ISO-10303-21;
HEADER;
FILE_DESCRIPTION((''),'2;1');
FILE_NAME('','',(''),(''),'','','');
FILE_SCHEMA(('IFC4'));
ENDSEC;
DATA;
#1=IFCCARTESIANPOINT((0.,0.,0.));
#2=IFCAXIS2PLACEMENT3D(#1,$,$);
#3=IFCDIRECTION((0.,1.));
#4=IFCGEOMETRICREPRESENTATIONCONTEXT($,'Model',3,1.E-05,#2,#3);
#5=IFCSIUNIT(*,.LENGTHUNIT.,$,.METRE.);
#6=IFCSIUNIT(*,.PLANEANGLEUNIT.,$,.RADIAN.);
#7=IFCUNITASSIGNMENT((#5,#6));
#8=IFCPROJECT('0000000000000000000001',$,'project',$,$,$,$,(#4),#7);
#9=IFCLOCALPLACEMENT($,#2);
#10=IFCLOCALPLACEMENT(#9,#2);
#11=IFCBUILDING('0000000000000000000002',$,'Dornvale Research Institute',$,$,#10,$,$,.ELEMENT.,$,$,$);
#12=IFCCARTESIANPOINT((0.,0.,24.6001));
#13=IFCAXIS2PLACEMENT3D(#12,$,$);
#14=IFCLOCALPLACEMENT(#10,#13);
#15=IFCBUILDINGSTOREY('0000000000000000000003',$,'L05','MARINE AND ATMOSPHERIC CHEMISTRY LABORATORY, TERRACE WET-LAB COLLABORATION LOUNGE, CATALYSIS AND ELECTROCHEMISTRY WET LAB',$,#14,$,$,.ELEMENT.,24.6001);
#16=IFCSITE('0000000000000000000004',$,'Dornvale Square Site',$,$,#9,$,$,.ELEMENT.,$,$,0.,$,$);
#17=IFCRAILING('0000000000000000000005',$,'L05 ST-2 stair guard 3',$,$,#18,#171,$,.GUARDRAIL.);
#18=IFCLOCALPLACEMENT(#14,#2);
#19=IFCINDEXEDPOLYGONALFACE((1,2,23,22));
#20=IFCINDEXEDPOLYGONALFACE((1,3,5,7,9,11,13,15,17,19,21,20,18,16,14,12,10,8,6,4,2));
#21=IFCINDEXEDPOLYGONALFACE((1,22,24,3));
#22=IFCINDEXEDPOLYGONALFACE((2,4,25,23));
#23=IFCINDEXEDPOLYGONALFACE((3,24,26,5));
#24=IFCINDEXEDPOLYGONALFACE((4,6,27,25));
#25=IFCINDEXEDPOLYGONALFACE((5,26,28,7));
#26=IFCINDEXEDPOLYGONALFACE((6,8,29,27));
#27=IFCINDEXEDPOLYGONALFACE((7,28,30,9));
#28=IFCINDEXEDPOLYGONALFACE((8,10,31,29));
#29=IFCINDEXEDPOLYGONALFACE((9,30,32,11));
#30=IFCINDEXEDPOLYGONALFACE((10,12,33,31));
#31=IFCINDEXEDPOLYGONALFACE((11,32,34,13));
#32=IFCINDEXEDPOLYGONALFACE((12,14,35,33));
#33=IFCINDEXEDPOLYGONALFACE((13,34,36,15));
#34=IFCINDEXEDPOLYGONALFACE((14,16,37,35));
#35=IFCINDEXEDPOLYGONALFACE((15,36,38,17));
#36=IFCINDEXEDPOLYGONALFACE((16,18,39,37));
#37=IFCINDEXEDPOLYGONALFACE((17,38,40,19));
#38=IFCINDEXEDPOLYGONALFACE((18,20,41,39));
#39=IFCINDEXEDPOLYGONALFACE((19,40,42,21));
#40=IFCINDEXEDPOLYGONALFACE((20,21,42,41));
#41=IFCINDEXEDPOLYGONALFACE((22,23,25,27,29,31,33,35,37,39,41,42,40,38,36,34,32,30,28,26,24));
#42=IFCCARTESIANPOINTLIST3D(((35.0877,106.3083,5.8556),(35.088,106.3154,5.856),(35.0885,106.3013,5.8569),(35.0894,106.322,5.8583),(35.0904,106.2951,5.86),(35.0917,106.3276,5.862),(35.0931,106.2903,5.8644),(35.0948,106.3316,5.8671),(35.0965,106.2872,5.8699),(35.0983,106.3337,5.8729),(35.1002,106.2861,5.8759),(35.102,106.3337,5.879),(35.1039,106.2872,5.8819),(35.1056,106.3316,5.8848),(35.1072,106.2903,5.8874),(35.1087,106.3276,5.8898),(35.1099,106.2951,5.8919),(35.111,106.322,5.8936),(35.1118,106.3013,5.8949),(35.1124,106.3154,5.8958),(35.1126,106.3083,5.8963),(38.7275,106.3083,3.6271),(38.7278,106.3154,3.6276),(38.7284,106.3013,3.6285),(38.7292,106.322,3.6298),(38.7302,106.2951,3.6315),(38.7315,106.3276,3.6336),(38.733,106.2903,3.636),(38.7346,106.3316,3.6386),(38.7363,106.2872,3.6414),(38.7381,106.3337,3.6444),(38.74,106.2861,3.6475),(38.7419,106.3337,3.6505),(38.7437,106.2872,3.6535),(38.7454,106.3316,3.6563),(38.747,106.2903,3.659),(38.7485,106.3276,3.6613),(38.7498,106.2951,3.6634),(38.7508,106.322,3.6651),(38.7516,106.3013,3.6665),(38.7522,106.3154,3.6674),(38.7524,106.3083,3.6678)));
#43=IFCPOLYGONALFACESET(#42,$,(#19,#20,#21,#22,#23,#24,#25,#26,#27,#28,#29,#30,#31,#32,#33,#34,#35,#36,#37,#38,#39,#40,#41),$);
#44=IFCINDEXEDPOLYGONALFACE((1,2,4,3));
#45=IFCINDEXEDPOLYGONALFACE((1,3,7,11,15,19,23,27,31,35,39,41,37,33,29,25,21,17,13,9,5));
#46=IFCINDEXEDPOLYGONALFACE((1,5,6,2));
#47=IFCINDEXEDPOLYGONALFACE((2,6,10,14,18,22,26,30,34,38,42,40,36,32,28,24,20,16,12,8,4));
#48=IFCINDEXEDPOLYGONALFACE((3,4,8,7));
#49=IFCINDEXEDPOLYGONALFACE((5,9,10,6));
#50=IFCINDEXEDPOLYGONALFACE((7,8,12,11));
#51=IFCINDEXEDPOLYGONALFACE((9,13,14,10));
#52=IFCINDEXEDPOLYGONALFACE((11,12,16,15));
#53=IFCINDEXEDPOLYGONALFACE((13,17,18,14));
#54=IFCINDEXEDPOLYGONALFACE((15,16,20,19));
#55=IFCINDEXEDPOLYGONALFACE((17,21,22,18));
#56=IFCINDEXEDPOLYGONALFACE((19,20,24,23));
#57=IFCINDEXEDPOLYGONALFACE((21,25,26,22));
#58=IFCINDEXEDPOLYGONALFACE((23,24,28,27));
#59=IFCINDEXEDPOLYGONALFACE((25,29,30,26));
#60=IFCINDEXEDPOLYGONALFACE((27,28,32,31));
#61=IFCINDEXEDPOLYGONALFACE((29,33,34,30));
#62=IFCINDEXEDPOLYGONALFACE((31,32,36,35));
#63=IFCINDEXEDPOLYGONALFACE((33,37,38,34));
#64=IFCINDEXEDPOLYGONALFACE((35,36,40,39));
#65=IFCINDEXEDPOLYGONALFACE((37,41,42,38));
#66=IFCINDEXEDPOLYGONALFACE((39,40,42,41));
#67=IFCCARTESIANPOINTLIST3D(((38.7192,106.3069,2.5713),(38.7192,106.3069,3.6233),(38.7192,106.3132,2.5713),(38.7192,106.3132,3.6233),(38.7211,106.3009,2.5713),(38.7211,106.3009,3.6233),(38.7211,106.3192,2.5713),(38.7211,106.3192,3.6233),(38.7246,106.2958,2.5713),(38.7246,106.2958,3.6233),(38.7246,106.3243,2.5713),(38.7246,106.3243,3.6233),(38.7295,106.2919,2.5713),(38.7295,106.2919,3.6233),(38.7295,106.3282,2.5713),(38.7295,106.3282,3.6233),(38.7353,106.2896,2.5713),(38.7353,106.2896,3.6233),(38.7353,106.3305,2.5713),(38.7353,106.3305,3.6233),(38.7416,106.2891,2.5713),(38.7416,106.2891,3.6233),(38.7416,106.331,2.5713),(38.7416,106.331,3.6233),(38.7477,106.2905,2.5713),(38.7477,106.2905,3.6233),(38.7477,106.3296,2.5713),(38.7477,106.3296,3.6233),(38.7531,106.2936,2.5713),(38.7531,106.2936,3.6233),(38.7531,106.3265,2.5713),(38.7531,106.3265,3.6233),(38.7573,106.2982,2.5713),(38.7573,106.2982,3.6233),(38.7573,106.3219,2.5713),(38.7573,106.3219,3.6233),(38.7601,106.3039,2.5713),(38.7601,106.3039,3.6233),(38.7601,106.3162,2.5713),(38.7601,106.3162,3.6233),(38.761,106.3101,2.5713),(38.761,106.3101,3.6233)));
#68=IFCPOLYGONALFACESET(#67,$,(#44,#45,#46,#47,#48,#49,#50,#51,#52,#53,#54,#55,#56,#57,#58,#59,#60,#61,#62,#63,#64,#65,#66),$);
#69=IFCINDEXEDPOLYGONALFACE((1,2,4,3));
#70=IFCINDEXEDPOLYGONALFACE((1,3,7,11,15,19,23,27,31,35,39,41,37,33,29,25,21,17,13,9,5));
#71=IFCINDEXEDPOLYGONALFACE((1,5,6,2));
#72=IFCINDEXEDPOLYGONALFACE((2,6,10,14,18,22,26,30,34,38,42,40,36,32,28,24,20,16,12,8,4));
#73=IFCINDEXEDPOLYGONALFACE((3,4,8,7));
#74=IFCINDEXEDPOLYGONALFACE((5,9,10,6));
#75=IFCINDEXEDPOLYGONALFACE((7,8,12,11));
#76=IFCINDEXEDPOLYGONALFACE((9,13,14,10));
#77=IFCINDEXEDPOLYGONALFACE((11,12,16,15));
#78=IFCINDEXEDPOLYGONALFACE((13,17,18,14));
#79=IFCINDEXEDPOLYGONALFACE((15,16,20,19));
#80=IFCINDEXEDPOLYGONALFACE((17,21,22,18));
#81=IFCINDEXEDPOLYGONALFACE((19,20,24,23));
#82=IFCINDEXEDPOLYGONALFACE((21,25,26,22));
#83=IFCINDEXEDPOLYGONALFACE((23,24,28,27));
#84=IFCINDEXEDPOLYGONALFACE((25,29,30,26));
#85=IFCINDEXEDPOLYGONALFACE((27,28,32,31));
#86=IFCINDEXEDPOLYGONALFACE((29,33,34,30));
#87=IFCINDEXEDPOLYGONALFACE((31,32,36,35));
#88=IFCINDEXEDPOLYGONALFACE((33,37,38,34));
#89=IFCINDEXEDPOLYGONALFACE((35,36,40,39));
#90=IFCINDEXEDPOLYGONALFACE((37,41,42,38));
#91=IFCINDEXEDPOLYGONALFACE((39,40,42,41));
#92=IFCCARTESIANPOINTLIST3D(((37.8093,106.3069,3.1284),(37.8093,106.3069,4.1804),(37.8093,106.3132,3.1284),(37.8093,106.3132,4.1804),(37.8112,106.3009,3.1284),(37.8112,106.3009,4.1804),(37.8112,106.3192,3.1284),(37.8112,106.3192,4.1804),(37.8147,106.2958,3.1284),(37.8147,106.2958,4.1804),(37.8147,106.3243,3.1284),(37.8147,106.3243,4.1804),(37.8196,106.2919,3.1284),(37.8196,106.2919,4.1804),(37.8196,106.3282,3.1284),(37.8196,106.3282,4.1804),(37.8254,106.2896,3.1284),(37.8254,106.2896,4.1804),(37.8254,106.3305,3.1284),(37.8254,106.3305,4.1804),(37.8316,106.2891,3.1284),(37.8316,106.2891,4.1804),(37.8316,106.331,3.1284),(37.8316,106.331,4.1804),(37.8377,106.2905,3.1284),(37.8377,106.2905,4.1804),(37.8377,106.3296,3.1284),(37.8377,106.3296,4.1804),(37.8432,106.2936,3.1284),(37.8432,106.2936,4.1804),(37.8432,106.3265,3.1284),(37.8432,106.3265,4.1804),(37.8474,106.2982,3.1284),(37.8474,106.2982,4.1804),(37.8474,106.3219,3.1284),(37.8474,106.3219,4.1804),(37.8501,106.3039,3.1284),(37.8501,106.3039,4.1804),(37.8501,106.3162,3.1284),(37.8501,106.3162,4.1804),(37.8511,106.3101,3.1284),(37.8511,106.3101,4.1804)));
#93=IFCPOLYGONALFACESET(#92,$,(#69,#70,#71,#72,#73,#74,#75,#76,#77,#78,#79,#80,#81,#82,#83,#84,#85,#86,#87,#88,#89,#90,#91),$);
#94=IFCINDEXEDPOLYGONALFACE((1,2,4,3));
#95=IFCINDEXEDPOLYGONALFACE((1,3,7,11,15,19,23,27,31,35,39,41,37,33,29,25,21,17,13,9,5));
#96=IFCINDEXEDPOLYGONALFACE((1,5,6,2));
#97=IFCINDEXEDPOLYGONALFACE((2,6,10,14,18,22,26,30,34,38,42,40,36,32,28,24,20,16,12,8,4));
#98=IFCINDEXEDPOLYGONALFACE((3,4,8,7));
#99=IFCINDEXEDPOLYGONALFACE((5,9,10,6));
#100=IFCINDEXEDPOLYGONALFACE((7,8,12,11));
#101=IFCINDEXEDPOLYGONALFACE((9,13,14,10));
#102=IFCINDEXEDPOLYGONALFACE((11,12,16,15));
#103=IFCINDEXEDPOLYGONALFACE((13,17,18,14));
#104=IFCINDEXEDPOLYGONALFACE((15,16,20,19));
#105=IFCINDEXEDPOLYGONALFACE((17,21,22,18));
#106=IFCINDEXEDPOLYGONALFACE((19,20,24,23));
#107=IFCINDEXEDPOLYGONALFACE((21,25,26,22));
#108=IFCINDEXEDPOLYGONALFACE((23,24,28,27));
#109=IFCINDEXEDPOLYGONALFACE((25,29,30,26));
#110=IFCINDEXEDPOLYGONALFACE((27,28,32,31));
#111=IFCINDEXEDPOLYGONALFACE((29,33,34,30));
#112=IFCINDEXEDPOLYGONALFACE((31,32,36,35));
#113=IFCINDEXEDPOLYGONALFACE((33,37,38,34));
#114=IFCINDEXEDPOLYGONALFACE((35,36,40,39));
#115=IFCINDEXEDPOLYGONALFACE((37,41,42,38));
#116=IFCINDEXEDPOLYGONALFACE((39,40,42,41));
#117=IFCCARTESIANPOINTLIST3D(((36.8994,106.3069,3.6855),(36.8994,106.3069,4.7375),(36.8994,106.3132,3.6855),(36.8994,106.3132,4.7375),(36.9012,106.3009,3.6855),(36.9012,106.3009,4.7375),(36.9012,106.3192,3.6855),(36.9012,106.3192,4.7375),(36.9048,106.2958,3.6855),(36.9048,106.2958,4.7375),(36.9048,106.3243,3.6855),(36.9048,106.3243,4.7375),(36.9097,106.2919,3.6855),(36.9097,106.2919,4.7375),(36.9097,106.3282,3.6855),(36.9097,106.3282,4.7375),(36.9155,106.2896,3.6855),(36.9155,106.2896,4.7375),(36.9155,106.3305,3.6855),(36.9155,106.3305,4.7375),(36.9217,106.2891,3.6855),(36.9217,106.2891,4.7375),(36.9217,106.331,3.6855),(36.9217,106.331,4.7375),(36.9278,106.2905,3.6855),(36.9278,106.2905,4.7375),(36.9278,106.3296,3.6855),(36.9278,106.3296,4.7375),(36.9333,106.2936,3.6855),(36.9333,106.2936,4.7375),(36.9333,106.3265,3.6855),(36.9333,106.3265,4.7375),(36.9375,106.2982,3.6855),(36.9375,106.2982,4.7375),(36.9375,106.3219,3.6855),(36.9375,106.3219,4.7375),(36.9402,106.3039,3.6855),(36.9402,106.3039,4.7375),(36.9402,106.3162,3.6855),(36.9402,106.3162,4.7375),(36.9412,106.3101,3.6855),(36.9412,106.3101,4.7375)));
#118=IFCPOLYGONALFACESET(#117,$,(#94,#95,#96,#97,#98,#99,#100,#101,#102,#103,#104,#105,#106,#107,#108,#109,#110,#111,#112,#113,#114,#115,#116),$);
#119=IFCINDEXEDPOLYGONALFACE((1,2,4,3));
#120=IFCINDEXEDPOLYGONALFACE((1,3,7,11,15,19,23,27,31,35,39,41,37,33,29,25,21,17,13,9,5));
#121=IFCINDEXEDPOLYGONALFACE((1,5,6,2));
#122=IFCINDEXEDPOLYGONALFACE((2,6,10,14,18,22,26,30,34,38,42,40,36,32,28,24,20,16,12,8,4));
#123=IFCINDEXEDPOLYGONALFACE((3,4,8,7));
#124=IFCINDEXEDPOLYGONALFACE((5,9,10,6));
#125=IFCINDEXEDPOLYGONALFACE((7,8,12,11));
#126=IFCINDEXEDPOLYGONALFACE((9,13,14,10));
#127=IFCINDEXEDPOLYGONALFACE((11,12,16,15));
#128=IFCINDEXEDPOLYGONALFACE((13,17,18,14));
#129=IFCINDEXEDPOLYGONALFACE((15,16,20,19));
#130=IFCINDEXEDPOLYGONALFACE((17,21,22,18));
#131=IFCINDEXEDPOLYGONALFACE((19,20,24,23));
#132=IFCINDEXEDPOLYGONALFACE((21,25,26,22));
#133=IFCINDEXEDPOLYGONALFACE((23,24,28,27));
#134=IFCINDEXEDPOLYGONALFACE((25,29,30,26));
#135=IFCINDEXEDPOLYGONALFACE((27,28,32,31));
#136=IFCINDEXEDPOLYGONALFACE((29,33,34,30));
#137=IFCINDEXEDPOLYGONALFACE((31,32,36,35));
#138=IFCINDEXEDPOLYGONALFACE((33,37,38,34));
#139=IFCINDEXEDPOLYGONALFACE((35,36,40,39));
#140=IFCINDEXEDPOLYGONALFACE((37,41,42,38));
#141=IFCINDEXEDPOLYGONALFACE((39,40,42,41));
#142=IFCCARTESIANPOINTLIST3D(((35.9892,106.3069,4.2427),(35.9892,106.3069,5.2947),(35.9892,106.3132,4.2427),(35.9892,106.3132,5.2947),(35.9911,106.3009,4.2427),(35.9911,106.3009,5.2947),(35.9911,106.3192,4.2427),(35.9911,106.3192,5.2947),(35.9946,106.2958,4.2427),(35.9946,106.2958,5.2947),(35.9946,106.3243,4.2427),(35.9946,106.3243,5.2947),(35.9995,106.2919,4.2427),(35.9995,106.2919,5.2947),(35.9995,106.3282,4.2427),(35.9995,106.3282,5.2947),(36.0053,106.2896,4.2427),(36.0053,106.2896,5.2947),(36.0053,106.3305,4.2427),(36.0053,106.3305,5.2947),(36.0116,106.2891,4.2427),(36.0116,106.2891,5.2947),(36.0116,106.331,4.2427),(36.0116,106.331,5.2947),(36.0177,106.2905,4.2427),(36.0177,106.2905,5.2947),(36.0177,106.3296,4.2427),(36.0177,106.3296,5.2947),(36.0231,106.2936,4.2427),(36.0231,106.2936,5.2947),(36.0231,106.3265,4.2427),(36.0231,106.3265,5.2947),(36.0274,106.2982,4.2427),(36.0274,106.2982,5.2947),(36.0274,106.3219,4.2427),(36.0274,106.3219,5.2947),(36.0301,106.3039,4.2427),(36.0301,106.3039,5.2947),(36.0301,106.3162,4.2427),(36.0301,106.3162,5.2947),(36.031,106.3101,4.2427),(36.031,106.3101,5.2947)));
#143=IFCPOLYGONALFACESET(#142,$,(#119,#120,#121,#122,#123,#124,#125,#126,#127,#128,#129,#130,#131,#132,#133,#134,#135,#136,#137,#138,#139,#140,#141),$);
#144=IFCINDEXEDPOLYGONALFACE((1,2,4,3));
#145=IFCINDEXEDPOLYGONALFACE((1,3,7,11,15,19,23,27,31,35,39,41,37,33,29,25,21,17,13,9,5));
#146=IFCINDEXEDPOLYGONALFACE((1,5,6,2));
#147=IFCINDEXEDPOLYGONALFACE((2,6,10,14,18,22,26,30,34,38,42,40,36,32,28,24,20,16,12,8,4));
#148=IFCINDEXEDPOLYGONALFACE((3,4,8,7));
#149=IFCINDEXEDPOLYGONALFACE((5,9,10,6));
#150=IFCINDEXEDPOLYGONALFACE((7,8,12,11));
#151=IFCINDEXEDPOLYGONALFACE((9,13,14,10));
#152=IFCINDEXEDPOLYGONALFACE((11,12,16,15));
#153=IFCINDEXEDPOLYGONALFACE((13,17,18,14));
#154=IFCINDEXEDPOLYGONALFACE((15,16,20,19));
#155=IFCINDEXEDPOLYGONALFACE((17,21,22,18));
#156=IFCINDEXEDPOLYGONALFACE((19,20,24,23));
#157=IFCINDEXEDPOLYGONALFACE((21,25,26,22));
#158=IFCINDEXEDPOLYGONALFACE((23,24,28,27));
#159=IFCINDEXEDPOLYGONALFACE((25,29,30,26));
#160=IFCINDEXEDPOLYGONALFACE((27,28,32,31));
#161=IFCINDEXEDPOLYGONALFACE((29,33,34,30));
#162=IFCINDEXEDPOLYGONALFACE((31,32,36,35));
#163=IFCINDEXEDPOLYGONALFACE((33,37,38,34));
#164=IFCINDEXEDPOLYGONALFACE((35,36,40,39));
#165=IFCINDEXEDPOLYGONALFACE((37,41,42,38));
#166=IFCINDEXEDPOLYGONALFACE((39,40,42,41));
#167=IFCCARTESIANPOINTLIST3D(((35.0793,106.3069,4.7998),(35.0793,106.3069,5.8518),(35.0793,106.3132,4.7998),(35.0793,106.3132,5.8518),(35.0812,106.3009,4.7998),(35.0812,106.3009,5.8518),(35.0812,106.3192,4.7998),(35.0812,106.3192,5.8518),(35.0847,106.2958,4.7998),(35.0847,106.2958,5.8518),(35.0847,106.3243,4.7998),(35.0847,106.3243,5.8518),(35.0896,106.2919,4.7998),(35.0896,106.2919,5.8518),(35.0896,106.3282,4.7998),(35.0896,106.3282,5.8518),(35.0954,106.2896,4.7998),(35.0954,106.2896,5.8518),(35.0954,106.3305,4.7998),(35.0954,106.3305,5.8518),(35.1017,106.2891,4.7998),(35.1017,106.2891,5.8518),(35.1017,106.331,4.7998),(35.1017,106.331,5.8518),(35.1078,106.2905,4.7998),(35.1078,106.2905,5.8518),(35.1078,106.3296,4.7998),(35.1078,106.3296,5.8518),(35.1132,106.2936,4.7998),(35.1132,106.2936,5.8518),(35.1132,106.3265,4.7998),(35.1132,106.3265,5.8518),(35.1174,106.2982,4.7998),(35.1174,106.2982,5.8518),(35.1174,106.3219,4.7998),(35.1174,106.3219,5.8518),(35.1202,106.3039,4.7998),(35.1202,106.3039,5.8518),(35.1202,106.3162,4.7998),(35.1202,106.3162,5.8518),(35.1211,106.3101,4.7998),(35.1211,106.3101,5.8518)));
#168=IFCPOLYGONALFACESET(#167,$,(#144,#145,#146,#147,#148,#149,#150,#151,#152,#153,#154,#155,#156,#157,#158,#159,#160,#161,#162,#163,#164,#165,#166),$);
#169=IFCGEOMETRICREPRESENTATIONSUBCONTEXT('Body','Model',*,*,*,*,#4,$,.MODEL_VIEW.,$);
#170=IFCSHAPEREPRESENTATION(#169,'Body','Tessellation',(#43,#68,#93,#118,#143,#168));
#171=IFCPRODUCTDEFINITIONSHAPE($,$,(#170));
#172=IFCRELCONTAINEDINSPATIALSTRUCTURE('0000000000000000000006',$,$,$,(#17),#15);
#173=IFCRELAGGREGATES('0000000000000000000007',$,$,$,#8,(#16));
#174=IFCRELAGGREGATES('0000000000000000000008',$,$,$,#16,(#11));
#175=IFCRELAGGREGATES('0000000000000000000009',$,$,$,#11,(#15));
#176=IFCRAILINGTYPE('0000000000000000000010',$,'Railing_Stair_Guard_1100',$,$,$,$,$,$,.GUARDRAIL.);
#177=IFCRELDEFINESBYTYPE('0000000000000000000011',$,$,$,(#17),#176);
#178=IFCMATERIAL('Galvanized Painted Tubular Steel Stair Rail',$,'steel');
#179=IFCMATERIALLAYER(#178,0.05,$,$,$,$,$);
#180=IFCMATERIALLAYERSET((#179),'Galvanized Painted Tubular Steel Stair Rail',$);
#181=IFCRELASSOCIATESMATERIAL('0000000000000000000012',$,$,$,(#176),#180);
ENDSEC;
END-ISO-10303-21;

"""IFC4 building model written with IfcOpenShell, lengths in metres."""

from ifc_helpers import new_model, si_unit, direction, frame, origin, origin_2d, place, context, subcontext, project, spatial, circle, extrude, material, layer, layer_set, type_object, element, save


model = new_model("IFC4")

# Units and contexts
model_context = context("Model", 3, precision=1e-05, world=origin(), true_north=direction((0.0, 1.0)))
body_context = subcontext(model_context, "Body", "Model", "MODEL_VIEW")
ifc_project = project(units=[si_unit("LENGTHUNIT", "METRE"), si_unit("PLANEANGLEUNIT", "RADIAN")], contexts=[model_context])

# Site, building, storey
site_placement = place(None, origin())
site = spatial("IfcSite", under=ifc_project, at=site_placement, Name="Dornvale Square Site", CompositionType="ELEMENT", RefElevation=0.0)
building_placement = place(site_placement, origin())
building = spatial("IfcBuilding", under=site, at=building_placement, Name="Dornvale Research Institute", CompositionType="ELEMENT")
storey_placement = place(building_placement, frame((0.0, 0.0, 24.6001)))
storey = spatial("IfcBuildingStorey", under=building, at=storey_placement, Name="L05", Description="MARINE AND ATMOSPHERIC CHEMISTRY LABORATORY, TERRACE WET-LAB COLLABORATION LOUNGE, CATALYSIS AND ELECTROCHEMISTRY WET LAB", CompositionType="ELEMENT", Elevation=24.6001)

# Railing
ifc_material_1 = material(Name="Galvanized Painted Tubular Steel Stair Rail", Category="steel")
ifc_layer_1 = layer(ifc_material_1, 0.05)
ifc_layer_set_1 = layer_set([ifc_layer_1], Name="Galvanized Painted Tubular Steel Stair Rail")
railing_type_1 = type_object("IfcRailingType", Name="Railing_Stair_Guard_1100", PredefinedType="GUARDRAIL", material=ifc_layer_set_1)
railing_1_placement = place(storey_placement, frame((38.74, 106.3101, 2.5713)))
element("IfcRailing", 1, at=railing_1_placement, inside=storey, type_object=railing_type_1, Name="L05 ST-2 stair guard 3", PredefinedType="GUARDRAIL", context=body_context, shape_type="SweptSolid", body=[
    extrude(circle(Radius=0.0239, at=origin_2d()), frame((0.0, 0.0, 1.0762), z_axis=(-0.85285, 0.0, 0.522156), x_axis=(0.0, -1.0, 0.0)), (0.0, 0.0, 1.0), 4.2678),
    extrude(circle(Radius=0.021, at=origin_2d()), origin(), (0.0, 0.0, 1.0), 1.052),
    extrude(circle(Radius=0.021, at=origin_2d()), frame((-0.9099, 0.0, 0.5571)), (0.0, 0.0, 1.0), 1.052),
    extrude(circle(Radius=0.021, at=origin_2d()), frame((-1.8198, 0.0, 1.1143)), (0.0, 0.0, 1.0), 1.052),
    extrude(circle(Radius=0.021, at=origin_2d()), frame((-2.73, 0.0, 1.6714)), (0.0, 0.0, 1.0), 1.052),
    extrude(circle(Radius=0.021, at=origin_2d()), frame((-3.6399, 0.0, 2.2285)), (0.0, 0.0, 1.0), 1.052),
])

save(model, "model.ifc")
